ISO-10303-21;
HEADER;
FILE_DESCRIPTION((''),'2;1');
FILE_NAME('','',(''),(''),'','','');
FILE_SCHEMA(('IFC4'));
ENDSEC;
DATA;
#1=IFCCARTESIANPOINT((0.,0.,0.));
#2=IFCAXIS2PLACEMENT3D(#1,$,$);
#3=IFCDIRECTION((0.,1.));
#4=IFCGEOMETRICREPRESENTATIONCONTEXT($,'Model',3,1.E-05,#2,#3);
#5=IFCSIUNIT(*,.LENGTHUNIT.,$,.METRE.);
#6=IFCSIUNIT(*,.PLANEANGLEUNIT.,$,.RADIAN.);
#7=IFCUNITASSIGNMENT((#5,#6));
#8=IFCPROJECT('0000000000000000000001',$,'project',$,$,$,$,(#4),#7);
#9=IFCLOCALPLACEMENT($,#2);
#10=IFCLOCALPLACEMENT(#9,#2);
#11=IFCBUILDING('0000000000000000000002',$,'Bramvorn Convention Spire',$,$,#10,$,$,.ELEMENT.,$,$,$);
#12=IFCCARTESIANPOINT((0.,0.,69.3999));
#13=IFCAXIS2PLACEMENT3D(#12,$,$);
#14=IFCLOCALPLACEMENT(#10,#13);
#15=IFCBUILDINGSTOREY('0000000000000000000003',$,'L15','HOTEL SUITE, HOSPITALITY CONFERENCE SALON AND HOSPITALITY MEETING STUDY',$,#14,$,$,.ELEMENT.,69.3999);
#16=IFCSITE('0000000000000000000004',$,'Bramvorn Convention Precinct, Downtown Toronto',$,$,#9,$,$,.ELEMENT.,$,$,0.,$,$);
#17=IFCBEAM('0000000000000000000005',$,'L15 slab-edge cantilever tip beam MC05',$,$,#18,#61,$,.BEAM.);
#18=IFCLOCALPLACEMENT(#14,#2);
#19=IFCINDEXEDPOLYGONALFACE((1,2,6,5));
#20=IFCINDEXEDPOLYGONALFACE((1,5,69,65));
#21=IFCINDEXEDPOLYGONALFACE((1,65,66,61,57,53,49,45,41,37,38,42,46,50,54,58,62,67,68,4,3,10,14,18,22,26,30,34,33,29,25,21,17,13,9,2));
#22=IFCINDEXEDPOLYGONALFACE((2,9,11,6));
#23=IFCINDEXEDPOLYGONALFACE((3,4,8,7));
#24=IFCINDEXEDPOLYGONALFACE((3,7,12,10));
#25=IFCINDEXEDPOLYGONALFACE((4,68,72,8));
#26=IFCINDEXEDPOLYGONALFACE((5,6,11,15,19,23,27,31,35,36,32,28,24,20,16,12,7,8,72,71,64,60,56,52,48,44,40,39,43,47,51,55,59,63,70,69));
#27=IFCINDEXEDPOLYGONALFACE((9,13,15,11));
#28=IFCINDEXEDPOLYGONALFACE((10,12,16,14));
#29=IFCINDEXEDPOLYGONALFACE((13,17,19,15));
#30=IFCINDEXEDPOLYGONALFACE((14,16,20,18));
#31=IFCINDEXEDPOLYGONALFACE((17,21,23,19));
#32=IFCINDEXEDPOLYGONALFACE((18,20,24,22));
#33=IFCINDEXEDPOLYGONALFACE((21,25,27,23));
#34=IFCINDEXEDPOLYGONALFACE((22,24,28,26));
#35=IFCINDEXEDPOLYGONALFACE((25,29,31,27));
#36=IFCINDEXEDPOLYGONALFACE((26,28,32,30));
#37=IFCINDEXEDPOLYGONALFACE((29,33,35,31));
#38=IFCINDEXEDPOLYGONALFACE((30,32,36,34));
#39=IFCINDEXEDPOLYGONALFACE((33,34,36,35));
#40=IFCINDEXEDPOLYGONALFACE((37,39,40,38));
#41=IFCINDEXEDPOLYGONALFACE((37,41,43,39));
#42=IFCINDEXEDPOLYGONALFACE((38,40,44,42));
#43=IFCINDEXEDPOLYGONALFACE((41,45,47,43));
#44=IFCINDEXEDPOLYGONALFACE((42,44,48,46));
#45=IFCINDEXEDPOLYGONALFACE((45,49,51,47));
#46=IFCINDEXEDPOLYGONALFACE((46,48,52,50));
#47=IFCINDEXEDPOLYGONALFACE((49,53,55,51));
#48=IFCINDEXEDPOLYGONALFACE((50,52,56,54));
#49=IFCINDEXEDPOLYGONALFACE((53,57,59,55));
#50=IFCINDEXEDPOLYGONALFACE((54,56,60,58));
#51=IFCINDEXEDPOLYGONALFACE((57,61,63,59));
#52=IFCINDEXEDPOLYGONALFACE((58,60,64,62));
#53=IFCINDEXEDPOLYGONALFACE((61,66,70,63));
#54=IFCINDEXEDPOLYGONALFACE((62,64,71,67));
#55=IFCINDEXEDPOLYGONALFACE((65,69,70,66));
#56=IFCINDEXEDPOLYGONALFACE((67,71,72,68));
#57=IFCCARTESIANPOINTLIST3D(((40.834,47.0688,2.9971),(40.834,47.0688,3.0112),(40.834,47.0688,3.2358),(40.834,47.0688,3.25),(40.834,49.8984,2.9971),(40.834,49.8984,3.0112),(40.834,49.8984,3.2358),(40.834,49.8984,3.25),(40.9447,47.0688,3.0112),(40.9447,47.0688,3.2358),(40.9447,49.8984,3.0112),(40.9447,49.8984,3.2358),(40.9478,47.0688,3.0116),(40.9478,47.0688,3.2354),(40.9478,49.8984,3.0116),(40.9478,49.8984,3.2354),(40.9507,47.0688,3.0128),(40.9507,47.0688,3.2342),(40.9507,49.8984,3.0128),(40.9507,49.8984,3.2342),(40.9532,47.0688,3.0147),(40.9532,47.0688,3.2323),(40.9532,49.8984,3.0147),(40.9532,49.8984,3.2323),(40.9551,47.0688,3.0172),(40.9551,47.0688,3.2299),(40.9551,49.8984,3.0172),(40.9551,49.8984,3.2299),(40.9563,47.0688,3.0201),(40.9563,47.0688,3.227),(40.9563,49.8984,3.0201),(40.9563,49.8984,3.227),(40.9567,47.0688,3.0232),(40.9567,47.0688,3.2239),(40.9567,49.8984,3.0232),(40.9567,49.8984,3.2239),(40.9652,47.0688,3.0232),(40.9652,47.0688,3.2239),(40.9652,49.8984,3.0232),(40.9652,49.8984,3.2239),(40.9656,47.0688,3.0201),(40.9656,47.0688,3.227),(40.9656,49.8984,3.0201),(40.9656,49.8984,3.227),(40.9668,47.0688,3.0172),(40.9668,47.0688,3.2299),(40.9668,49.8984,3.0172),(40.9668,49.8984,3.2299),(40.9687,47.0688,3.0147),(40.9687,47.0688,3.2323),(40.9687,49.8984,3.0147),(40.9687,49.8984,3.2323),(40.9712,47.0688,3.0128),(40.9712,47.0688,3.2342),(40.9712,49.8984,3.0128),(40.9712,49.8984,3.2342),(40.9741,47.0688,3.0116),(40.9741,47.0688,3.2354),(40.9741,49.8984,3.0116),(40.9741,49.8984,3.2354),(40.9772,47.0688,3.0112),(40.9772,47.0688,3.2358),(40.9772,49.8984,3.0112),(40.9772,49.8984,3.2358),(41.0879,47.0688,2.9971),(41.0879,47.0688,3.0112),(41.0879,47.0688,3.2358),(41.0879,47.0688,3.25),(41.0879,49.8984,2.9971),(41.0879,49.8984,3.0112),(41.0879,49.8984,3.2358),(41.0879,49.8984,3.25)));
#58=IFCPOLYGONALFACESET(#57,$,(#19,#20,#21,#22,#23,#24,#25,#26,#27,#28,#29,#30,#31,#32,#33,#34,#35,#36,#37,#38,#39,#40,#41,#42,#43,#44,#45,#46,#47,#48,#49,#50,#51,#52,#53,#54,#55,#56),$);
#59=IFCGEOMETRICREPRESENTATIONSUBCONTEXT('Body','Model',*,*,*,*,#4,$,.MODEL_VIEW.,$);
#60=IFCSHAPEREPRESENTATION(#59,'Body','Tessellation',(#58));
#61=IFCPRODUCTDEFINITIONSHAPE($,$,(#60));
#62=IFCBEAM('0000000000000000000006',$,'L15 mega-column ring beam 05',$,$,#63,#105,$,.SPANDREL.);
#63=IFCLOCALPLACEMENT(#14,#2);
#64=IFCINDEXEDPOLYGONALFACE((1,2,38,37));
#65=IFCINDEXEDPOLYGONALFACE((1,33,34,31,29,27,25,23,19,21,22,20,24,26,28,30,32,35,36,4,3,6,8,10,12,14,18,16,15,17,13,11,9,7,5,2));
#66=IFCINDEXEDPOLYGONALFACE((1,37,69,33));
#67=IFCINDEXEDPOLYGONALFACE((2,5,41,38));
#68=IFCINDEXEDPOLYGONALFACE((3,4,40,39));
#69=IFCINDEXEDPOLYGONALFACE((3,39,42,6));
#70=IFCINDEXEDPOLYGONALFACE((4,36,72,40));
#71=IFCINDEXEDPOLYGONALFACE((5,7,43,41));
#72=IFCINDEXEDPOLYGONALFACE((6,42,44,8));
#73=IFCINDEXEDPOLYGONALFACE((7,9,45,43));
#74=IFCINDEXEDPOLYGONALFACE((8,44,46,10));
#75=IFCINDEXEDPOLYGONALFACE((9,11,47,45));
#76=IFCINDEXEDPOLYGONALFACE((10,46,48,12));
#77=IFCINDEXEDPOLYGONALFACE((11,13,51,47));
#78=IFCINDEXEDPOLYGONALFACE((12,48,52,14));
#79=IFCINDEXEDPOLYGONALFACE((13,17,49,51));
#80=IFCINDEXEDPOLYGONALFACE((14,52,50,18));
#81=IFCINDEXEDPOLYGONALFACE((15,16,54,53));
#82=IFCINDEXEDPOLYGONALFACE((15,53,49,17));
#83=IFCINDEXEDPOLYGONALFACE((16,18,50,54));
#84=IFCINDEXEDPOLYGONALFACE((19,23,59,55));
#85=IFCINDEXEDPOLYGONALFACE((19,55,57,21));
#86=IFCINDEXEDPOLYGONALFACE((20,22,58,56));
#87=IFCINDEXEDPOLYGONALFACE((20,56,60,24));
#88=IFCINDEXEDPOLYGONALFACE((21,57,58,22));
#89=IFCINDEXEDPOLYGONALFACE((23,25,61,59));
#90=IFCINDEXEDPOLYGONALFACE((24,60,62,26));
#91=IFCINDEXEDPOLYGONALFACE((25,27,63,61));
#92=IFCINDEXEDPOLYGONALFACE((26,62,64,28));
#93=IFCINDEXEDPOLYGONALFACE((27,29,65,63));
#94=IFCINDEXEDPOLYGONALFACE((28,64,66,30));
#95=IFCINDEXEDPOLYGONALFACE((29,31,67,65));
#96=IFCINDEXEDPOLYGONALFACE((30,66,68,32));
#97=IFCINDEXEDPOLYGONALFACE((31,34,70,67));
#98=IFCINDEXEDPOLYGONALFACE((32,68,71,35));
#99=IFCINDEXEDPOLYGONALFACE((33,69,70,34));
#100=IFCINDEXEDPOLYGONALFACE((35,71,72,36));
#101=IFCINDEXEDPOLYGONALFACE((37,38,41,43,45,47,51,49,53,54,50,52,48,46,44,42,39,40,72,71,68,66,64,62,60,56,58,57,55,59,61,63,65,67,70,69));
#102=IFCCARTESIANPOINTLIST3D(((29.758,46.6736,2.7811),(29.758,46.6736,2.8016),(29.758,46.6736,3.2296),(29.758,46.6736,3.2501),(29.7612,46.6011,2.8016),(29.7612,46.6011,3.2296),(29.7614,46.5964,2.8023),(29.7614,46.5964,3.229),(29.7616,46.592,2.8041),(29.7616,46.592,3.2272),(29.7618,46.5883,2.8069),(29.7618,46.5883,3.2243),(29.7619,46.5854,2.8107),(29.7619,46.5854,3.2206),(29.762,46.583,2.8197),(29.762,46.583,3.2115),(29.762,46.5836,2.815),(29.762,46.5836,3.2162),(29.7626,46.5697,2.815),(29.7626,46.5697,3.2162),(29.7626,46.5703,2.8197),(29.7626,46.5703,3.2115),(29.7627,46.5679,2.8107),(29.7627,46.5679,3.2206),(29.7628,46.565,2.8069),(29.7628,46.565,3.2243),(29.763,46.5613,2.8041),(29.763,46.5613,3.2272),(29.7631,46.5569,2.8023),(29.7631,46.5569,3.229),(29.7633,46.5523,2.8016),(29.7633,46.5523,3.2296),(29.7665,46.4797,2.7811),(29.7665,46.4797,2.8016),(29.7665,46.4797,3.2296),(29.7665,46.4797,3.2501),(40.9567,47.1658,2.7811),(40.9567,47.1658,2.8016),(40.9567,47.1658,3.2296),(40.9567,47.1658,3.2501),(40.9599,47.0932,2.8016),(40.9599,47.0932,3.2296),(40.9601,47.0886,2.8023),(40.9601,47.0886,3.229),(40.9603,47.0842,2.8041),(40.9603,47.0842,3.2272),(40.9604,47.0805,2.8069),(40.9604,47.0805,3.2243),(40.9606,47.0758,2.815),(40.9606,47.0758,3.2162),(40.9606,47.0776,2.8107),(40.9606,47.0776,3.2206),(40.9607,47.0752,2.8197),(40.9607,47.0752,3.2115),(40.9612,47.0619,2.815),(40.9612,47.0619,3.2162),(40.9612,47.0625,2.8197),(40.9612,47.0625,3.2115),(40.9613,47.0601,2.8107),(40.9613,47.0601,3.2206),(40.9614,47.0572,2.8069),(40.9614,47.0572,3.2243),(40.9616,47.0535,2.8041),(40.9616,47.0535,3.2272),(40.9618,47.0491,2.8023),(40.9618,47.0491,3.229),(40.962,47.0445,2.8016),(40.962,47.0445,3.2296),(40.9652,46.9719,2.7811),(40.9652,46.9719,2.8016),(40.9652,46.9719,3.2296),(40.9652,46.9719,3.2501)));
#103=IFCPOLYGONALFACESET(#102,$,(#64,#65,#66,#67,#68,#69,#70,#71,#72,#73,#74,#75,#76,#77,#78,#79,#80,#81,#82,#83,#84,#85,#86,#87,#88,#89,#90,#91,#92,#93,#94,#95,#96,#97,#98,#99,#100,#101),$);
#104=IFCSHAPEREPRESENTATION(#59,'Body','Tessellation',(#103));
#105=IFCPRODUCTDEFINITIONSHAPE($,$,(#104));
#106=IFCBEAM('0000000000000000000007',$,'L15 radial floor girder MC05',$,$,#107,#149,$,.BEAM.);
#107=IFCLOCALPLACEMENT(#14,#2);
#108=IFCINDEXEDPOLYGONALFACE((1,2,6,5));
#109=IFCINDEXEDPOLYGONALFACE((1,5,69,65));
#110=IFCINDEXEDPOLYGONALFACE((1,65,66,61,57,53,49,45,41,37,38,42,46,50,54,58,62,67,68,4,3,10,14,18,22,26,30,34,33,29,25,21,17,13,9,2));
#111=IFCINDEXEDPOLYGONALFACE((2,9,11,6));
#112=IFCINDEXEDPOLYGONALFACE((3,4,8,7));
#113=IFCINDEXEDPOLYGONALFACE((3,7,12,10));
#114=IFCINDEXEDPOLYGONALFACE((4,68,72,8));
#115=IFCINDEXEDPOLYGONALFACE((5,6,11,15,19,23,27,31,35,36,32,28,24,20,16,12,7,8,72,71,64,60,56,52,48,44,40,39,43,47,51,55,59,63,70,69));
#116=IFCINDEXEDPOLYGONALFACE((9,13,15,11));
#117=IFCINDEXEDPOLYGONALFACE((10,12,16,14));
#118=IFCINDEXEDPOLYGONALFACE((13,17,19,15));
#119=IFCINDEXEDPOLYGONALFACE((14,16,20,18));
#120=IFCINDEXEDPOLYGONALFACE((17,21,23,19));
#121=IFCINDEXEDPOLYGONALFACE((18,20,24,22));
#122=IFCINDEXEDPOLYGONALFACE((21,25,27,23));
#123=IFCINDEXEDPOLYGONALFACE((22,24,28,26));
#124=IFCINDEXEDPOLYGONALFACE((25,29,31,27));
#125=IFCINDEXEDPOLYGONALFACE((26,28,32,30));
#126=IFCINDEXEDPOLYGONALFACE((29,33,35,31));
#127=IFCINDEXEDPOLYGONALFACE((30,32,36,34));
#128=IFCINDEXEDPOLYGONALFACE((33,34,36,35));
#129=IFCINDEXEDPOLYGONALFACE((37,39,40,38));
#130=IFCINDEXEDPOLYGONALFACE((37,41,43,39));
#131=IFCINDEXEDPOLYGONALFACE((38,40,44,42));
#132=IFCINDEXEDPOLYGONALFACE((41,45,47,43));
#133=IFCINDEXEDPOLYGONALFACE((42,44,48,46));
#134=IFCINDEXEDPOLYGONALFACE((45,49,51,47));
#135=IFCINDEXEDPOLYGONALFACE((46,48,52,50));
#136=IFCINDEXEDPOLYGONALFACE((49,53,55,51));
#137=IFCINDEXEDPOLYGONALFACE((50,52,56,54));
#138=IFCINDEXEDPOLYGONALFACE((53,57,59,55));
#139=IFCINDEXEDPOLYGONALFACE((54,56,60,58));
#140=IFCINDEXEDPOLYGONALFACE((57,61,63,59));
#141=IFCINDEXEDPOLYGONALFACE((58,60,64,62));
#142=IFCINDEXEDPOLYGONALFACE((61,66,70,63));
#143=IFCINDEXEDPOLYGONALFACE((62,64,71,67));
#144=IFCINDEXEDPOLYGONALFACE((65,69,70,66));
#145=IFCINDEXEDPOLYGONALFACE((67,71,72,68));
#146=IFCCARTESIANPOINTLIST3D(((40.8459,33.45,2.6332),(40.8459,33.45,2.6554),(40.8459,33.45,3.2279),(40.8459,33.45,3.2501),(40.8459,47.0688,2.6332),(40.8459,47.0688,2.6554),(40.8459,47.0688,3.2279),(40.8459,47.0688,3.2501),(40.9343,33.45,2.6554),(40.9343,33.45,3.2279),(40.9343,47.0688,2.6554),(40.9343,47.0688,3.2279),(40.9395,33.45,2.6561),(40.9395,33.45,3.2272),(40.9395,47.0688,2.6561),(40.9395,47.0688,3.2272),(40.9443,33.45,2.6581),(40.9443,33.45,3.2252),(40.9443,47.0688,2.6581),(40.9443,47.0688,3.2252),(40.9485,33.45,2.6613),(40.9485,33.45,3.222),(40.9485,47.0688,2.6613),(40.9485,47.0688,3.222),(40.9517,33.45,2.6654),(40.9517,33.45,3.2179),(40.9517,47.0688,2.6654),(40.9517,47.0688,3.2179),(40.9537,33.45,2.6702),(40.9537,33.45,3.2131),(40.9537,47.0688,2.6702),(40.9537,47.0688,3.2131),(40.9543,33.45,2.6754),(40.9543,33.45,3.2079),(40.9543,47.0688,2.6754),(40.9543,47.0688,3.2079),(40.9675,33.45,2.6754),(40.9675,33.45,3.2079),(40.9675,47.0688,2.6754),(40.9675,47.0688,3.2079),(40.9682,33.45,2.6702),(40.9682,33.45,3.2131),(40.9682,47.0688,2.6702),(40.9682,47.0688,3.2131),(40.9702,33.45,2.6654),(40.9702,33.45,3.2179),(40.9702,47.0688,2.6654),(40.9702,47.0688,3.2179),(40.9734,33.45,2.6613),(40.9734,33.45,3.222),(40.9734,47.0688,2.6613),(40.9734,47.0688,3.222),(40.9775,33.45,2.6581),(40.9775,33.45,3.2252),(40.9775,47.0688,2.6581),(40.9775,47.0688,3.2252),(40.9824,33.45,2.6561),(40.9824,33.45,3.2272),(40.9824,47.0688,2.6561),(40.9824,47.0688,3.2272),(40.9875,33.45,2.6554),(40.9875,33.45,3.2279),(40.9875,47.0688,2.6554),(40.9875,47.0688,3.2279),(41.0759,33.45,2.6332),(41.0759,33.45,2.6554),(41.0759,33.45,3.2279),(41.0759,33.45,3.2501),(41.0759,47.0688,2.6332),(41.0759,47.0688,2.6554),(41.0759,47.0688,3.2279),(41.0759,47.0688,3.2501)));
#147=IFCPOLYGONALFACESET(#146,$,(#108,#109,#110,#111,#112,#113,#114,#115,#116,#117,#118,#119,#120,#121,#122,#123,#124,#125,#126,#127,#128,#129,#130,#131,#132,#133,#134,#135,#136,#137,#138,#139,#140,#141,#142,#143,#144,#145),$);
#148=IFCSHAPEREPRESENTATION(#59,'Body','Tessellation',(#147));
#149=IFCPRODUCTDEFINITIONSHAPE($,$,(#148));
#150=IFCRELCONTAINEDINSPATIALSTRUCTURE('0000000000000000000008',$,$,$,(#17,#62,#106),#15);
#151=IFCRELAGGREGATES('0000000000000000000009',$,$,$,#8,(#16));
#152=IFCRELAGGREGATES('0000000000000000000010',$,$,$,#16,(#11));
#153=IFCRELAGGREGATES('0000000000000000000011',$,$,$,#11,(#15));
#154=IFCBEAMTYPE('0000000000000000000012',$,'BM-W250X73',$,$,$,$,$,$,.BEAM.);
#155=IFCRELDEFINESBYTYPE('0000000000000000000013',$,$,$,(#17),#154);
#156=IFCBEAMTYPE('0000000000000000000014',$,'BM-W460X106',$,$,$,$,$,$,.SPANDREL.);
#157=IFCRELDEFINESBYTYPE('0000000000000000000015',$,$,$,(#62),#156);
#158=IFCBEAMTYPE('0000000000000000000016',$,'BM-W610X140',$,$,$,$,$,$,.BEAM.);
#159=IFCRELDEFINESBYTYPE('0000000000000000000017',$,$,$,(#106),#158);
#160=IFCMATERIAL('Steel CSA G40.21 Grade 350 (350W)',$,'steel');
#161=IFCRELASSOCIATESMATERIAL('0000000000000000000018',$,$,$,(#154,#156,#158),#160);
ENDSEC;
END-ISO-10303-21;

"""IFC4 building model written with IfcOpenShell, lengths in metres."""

from ifc_helpers import new_model, si_unit, direction, frame, origin, origin_2d, place, context, subcontext, project, spatial, i_section, extrude, material, material_profile, profile_set, type_object, element, save


model = new_model("IFC4")

# Units and contexts
model_context = context("Model", 3, precision=1e-05, world=origin(), true_north=direction((0.0, 1.0)))
body_context = subcontext(model_context, "Body", "Model", "MODEL_VIEW")
ifc_project = project(units=[si_unit("LENGTHUNIT", "METRE"), si_unit("PLANEANGLEUNIT", "RADIAN")], contexts=[model_context])

# Site, building, storey
site_placement = place(None, origin())
site = spatial("IfcSite", under=ifc_project, at=site_placement, Name="Bramvorn Convention Precinct, Downtown Toronto", CompositionType="ELEMENT", RefElevation=0.0)
building_placement = place(site_placement, origin())
building = spatial("IfcBuilding", under=site, at=building_placement, Name="Bramvorn Convention Spire", CompositionType="ELEMENT")
storey_placement = place(building_placement, frame((0.0, 0.0, 69.3999)))
storey = spatial("IfcBuildingStorey", under=building, at=storey_placement, Name="L15", Description="HOTEL SUITE, HOSPITALITY CONFERENCE SALON AND HOSPITALITY MEETING STUDY", CompositionType="ELEMENT", Elevation=69.3999)

# Shared definitions
ifc_material_1 = material(Name="Steel CSA G40.21 Grade 350 (350W)", Category="steel")

# Beams
ifc_material_profile_1 = material_profile(ifc_material_1, i_section(OverallWidth=0.2539, OverallDepth=0.2529, WebThickness=0.0085, FlangeThickness=0.0142, FilletRadius=0.012, at=origin_2d()))
ifc_profile_set_1 = profile_set([ifc_material_profile_1], Name="Steel CSA G40.21 Grade 350 (350W) - W250X73")
beam_type_1 = type_object("IfcBeamType", Name="BM-W250X73", PredefinedType="BEAM", material=ifc_profile_set_1)
beam_1_placement = place(storey_placement, frame((40.9609, 47.0688, 3.1235), z_axis=(0.0, 1.0, 0.0), x_axis=(-1.0, 0.0, 0.0)))
element("IfcBeam", 1, at=beam_1_placement, inside=storey, type_object=beam_type_1, Name="L15 slab-edge cantilever tip beam MC05", PredefinedType="BEAM", context=body_context, shape_type="SweptSolid", body=[
    extrude(i_section(OverallWidth=0.2539, OverallDepth=0.2529, WebThickness=0.0085, FlangeThickness=0.0142, FilletRadius=0.012, at=origin_2d()), origin(), (0.0, 0.0, 1.0), 2.8296),
])
ifc_material_profile_2 = material_profile(ifc_material_1, i_section(OverallWidth=0.1941, OverallDepth=0.469, WebThickness=0.0127, FlangeThickness=0.0205, FilletRadius=0.0181, at=origin_2d()))
ifc_profile_set_2 = profile_set([ifc_material_profile_2], Name="Steel CSA G40.21 Grade 350 (350W) - W460X106")
beam_type_2 = type_object("IfcBeamType", Name="BM-W460X106", PredefinedType="SPANDREL", material=ifc_profile_set_2)
beam_2_placement = place(storey_placement, frame((40.9609, 47.0688, 3.0156), z_axis=(-0.999036, -0.043908, 0.0), x_axis=(0.043908, -0.999036, 0.0)))
element("IfcBeam", 2, at=beam_2_placement, inside=storey, type_object=beam_type_2, Name="L15 mega-column ring beam 05", PredefinedType="SPANDREL", context=body_context, shape_type="SweptSolid", body=[
    extrude(i_section(OverallWidth=0.1941, OverallDepth=0.469, WebThickness=0.0127, FlangeThickness=0.0205, FilletRadius=0.0181, at=origin_2d()), origin(), (0.0, 0.0, 1.0), 11.2095),
])
ifc_material_profile_3 = material_profile(ifc_material_1, i_section(OverallWidth=0.23, OverallDepth=0.6169, WebThickness=0.0132, FlangeThickness=0.0222, FilletRadius=0.02, at=origin_2d()))
ifc_profile_set_3 = profile_set([ifc_material_profile_3], Name="Steel CSA G40.21 Grade 350 (350W) - W610X140")
beam_type_3 = type_object("IfcBeamType", Name="BM-W610X140", PredefinedType="BEAM", material=ifc_profile_set_3)
beam_3_placement = place(storey_placement, frame((40.9609, 33.45, 2.9417), z_axis=(0.0, 1.0, 0.0), x_axis=(-1.0, 0.0, 0.0)))
element("IfcBeam", 3, at=beam_3_placement, inside=storey, type_object=beam_type_3, Name="L15 radial floor girder MC05", PredefinedType="BEAM", context=body_context, shape_type="SweptSolid", body=[
    extrude(i_section(OverallWidth=0.23, OverallDepth=0.6169, WebThickness=0.0132, FlangeThickness=0.0222, FilletRadius=0.02, at=origin_2d()), origin(), (0.0, 0.0, 1.0), 13.6189),
])

save(model, "model.ifc")
